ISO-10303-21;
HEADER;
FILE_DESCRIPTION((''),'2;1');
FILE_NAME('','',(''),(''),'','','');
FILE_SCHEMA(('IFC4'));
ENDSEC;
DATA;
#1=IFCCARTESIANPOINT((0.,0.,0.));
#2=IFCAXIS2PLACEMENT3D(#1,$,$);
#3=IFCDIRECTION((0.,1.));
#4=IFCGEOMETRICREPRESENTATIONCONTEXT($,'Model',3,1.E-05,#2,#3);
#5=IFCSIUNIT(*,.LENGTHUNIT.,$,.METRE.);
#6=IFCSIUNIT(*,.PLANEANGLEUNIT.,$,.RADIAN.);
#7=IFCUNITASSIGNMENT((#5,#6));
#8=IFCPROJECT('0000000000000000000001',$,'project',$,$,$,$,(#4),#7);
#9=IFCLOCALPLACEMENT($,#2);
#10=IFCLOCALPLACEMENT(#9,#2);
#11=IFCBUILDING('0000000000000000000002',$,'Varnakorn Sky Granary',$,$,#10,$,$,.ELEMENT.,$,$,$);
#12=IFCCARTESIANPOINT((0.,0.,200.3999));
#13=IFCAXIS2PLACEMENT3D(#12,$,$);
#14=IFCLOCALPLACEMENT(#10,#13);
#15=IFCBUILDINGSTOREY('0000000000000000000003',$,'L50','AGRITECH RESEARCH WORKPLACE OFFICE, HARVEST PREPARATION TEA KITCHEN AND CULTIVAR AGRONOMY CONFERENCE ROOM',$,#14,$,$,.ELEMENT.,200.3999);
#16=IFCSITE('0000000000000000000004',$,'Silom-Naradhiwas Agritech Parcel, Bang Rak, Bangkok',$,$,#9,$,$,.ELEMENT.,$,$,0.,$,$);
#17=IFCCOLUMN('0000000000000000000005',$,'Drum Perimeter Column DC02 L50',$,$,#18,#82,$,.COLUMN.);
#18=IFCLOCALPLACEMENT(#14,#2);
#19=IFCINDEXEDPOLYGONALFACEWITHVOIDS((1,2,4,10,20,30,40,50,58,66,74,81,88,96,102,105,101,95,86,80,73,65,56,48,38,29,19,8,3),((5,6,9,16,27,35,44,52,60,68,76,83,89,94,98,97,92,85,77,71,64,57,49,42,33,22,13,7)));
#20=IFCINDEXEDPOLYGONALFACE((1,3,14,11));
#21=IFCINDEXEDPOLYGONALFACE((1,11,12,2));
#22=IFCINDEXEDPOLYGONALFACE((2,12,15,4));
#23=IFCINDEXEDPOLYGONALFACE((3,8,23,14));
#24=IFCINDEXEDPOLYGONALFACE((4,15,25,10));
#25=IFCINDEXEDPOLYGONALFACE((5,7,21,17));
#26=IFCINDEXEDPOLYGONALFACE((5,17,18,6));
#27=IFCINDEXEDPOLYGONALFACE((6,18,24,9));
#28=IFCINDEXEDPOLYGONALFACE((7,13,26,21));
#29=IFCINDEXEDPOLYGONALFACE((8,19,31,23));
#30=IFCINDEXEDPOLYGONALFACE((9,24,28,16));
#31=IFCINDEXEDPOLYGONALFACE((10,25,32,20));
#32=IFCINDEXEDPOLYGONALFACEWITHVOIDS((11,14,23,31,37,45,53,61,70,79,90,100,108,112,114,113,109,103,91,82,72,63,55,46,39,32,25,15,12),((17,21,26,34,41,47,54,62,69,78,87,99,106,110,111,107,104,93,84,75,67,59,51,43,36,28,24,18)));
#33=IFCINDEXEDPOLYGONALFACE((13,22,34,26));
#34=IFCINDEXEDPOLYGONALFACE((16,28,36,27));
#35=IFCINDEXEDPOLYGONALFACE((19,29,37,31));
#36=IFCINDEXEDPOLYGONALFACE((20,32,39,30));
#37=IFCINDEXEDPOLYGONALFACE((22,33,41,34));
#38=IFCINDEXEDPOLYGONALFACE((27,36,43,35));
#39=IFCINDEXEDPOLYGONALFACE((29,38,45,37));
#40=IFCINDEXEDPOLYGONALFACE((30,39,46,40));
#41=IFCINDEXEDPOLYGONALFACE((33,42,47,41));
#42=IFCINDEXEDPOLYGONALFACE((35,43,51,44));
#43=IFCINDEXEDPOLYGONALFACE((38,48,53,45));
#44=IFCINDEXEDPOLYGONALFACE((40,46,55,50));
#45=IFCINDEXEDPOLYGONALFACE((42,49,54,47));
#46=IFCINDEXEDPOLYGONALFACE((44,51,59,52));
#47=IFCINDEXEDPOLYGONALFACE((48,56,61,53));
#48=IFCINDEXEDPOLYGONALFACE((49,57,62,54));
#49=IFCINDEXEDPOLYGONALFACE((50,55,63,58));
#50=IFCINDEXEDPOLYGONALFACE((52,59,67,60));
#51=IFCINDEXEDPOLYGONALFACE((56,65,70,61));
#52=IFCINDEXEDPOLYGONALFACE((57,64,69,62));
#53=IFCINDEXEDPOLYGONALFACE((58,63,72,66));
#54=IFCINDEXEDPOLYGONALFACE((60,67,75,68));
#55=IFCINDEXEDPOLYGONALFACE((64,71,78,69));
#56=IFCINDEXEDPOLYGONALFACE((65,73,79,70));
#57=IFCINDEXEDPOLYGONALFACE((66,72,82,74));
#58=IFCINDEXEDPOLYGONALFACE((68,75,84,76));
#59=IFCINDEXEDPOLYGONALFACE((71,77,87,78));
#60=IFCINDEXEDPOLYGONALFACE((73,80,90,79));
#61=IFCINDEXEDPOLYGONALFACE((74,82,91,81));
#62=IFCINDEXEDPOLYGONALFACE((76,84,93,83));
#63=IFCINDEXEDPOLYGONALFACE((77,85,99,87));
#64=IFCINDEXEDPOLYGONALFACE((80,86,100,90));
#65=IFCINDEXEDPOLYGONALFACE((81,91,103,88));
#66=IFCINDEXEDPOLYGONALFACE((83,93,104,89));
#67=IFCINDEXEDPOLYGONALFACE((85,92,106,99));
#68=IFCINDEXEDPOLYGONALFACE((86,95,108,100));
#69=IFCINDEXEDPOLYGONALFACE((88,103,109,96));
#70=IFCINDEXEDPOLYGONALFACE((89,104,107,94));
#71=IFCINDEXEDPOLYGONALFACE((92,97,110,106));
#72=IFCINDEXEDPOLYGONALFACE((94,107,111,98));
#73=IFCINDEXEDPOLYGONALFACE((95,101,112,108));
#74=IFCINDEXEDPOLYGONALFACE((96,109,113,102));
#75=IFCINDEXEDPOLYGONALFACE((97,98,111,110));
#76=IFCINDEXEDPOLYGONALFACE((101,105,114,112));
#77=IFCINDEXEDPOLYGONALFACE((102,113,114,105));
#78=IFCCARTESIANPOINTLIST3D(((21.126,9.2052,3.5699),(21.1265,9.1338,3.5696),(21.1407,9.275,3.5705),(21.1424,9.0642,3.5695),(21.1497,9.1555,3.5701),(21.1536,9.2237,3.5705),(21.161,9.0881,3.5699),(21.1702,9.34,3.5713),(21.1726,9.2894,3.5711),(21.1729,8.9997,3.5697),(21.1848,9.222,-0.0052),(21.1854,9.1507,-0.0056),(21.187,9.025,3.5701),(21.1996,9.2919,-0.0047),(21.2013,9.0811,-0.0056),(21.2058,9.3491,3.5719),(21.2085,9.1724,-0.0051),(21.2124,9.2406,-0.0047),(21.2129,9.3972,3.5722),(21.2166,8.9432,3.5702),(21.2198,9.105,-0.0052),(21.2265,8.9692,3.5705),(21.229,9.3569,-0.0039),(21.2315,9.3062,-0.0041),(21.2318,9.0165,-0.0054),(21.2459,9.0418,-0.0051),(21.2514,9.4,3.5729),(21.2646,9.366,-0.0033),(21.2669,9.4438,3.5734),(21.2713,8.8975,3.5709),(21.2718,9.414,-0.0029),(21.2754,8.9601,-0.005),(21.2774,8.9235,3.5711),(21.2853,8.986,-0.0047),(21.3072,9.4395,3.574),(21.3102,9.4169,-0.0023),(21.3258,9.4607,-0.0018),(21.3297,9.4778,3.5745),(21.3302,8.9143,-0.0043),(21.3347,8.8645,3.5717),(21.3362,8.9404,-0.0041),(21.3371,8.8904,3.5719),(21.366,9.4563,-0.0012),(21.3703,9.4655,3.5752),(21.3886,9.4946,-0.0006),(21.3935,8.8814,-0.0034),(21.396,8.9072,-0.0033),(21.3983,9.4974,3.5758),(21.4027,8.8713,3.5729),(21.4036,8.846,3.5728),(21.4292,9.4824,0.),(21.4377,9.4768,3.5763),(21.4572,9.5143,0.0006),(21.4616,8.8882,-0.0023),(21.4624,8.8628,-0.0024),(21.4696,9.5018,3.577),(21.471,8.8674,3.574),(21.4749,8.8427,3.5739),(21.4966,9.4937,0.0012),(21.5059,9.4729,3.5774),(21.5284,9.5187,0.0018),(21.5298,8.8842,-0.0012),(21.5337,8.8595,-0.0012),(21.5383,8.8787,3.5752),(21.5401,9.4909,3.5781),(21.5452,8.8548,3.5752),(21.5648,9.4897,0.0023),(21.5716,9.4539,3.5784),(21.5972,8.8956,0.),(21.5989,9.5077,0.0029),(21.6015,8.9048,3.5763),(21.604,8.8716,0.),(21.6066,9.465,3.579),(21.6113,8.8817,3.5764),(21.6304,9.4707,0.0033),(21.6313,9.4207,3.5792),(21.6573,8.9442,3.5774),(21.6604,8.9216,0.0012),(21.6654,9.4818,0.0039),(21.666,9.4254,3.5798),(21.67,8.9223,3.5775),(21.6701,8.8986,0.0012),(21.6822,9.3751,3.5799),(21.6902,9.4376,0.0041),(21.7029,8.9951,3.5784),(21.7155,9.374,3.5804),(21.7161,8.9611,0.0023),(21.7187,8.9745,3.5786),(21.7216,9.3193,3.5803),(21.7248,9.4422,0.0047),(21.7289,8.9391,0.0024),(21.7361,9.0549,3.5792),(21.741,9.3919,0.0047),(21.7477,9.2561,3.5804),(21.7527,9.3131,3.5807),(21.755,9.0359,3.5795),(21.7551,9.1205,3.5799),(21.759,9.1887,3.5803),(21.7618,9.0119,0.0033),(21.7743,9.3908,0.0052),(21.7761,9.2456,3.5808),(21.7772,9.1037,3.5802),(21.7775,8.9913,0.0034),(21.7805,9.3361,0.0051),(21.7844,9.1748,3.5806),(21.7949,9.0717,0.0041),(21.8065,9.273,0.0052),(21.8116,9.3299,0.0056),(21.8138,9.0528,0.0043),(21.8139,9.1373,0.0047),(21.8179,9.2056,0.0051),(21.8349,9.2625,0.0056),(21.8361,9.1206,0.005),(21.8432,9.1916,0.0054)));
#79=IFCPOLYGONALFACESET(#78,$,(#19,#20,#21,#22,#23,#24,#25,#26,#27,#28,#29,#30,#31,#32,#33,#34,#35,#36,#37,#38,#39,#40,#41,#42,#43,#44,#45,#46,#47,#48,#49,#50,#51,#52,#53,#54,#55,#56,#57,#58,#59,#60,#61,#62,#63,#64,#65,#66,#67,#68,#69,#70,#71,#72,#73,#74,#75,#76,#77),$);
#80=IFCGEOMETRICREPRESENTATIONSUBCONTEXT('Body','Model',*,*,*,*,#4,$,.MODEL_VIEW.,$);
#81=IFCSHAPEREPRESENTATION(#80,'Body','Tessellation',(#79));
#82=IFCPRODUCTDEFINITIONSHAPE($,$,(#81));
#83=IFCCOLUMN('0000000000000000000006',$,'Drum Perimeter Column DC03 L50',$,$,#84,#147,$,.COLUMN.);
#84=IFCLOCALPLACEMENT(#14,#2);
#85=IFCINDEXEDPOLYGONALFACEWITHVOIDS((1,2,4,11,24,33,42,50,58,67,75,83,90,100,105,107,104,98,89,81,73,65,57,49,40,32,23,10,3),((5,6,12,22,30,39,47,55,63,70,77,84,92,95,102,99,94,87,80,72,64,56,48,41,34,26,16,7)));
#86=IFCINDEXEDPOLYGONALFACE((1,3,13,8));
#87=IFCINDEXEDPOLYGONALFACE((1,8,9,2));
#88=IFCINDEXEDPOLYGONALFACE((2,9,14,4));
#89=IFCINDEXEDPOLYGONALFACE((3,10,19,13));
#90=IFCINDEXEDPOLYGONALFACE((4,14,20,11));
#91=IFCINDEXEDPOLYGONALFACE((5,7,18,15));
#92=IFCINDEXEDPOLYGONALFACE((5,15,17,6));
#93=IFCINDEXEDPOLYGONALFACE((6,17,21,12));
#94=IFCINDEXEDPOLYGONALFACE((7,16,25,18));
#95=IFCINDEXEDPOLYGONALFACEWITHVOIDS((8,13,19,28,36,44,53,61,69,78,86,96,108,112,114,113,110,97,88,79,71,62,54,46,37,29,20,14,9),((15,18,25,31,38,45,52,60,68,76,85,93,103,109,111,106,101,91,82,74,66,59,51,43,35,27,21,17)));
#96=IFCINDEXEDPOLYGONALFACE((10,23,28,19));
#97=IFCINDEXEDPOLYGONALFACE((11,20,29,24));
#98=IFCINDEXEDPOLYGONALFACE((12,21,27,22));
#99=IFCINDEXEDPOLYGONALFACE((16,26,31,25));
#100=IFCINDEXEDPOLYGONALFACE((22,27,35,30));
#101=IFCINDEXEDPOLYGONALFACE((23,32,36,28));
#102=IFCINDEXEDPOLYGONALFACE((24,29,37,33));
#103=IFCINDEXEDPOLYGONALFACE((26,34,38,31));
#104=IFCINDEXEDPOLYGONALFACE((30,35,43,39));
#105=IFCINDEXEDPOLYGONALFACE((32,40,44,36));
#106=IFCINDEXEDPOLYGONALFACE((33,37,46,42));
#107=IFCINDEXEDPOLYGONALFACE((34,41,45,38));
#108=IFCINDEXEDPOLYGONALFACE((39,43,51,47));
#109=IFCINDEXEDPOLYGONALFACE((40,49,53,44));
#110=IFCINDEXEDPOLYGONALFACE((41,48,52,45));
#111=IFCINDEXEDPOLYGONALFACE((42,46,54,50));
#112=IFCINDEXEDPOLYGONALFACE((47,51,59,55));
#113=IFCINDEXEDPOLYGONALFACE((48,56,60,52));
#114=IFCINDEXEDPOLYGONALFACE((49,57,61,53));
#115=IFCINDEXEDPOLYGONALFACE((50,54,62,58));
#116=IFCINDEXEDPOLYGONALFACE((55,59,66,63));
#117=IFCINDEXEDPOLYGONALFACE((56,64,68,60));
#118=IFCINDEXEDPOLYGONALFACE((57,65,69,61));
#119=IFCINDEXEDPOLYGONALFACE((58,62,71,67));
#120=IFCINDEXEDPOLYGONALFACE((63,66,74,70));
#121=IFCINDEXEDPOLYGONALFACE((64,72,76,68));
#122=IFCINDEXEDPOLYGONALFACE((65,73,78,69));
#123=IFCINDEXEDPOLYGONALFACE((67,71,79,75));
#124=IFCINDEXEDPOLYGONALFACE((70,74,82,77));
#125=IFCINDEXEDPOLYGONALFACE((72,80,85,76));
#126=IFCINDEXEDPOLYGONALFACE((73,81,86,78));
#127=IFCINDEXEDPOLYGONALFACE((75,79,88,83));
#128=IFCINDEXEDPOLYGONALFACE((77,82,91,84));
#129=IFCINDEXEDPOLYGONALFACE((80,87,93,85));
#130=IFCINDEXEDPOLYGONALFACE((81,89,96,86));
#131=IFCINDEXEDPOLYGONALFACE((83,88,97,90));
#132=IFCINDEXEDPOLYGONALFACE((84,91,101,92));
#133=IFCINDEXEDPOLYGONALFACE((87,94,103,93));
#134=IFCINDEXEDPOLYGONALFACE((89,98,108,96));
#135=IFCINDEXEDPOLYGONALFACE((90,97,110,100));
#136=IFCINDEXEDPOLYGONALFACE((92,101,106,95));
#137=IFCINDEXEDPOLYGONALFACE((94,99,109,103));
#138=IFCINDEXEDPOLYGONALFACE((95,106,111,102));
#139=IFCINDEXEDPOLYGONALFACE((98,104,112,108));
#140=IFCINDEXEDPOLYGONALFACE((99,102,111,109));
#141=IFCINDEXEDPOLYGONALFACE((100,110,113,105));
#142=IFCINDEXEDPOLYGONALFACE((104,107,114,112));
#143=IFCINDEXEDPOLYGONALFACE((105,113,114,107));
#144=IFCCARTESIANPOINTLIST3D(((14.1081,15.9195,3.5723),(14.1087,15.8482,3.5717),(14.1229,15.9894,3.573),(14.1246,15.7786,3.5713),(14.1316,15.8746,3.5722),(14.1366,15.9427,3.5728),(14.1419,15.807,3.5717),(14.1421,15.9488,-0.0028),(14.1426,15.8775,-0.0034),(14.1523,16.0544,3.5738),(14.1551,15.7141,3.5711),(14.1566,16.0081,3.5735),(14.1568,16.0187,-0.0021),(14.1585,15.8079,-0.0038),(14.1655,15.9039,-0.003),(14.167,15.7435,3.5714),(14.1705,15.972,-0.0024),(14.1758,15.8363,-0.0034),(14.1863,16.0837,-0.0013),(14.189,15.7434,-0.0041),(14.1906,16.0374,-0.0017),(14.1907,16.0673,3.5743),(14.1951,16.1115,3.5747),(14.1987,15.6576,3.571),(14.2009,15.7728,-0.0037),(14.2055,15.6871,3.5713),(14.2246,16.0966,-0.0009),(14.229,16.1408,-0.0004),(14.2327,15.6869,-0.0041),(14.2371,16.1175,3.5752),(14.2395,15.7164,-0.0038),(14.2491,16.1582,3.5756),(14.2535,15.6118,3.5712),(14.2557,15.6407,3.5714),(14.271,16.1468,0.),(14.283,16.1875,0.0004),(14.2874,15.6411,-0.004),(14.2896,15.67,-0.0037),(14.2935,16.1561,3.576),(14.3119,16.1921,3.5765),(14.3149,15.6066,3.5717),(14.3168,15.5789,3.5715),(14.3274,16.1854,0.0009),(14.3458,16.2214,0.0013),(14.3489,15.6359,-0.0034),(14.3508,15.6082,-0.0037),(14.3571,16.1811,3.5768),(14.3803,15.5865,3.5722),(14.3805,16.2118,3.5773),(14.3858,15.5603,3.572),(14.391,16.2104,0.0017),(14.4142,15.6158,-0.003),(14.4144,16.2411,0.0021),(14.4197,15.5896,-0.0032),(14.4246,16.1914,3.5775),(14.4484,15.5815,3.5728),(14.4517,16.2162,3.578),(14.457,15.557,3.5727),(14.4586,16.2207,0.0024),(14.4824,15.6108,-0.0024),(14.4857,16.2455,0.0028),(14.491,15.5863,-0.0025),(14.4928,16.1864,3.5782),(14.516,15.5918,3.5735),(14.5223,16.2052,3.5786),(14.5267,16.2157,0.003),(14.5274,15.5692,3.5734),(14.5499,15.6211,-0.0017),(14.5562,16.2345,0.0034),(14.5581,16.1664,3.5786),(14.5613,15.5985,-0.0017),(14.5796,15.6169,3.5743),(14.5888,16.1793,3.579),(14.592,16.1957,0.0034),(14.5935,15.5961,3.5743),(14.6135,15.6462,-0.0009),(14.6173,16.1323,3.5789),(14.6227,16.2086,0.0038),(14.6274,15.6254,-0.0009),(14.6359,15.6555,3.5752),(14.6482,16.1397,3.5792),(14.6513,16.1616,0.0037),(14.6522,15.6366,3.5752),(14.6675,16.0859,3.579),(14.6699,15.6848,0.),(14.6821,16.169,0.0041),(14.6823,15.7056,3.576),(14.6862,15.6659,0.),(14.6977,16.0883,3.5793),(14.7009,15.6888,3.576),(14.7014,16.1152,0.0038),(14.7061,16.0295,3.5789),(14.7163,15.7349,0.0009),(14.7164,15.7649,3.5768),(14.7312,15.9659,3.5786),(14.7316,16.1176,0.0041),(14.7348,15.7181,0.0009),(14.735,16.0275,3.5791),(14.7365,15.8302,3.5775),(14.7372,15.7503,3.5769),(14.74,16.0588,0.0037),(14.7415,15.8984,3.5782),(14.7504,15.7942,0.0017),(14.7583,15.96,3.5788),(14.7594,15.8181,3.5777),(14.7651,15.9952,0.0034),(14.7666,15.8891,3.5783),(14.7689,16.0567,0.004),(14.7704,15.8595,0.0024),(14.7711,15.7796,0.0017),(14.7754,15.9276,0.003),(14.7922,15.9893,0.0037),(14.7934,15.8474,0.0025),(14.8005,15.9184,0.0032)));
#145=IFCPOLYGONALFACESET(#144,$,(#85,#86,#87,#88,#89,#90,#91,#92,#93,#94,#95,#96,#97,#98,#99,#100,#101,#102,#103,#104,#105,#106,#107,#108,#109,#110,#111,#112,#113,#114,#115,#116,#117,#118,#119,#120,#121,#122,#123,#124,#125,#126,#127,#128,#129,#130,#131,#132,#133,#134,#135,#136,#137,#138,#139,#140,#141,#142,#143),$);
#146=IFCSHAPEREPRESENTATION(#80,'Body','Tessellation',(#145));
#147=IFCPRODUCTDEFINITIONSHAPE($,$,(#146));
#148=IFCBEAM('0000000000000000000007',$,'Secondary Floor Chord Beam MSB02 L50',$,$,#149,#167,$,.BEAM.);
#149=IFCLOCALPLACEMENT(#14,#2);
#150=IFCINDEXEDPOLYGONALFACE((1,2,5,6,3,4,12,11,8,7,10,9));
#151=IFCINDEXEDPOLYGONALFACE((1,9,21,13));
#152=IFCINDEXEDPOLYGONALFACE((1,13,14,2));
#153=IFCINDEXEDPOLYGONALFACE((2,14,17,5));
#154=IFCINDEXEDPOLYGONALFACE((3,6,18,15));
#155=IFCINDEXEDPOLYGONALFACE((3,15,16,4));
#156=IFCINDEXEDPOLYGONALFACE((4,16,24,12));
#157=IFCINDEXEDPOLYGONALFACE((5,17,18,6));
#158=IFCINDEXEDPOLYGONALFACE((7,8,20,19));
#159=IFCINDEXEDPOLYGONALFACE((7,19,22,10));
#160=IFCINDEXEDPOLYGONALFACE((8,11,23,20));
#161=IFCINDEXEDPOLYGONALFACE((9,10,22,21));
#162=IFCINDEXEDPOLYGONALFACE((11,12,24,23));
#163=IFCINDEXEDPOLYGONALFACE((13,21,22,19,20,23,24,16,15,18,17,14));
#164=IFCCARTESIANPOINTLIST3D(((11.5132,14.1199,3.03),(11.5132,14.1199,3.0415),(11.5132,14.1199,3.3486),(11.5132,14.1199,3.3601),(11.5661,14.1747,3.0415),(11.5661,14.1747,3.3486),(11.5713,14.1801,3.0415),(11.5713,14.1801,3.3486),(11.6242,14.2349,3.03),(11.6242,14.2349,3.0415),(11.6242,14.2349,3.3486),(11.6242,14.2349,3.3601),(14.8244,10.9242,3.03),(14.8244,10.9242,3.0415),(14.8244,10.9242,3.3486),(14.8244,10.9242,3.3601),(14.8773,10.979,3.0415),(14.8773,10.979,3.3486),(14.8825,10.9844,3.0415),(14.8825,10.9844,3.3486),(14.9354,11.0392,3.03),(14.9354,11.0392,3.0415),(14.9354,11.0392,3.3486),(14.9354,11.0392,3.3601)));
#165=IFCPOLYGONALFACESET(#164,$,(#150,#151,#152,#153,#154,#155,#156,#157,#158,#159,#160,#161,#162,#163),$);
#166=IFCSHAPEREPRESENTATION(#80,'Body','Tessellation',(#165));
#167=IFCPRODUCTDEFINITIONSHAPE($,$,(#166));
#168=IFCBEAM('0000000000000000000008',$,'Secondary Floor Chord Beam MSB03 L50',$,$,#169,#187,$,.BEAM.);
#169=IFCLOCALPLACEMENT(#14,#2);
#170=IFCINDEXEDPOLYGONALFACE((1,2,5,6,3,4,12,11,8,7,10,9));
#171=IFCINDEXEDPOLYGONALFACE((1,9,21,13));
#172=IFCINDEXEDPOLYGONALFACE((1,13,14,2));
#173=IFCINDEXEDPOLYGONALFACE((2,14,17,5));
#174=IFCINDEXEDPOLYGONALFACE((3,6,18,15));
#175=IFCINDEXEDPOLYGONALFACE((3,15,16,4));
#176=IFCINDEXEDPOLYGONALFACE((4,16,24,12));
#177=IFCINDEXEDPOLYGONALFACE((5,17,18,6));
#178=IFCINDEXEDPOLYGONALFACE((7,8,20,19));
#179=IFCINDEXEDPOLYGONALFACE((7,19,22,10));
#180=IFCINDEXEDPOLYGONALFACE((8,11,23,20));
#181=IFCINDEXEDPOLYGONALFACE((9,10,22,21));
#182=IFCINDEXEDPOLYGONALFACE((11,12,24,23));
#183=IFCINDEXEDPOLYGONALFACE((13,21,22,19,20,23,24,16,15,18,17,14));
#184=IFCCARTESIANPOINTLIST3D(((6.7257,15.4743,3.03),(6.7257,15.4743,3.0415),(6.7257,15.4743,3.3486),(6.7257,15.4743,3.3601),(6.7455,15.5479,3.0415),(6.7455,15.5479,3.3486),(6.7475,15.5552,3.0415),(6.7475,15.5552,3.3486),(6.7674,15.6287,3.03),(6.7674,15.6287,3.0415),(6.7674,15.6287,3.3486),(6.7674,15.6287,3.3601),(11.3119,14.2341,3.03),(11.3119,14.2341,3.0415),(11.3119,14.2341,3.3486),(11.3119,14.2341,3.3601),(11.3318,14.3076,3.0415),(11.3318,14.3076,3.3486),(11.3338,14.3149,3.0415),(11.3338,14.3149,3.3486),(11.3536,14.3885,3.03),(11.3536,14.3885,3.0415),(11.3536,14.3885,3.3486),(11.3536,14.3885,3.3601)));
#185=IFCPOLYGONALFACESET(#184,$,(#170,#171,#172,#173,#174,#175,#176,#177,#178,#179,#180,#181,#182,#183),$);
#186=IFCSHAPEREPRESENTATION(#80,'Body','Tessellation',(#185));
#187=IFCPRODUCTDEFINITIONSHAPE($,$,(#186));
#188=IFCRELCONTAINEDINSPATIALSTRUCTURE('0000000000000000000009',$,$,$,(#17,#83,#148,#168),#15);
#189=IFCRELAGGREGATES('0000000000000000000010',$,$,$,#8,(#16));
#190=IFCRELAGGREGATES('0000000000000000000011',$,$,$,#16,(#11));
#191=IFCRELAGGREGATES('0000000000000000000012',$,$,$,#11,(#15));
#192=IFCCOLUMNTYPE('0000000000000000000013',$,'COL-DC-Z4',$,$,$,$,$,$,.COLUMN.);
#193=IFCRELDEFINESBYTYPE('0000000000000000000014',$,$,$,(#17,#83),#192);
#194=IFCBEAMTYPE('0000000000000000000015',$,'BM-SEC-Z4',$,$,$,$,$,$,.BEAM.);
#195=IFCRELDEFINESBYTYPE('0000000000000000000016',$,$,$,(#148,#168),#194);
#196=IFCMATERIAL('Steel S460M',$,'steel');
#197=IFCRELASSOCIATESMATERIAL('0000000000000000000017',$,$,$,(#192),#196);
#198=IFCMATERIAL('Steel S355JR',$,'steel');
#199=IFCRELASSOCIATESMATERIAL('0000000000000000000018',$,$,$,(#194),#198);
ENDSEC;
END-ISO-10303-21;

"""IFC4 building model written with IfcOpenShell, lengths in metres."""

from ifc_helpers import new_model, si_unit, direction, frame, origin, origin_2d, place, context, subcontext, project, spatial, hollow_circle, i_section, extrude, material, material_profile, profile_set, type_object, element, save


model = new_model("IFC4")

# Units and contexts
model_context = context("Model", 3, precision=1e-05, world=origin(), true_north=direction((0.0, 1.0)))
body_context = subcontext(model_context, "Body", "Model", "MODEL_VIEW")
ifc_project = project(units=[si_unit("LENGTHUNIT", "METRE"), si_unit("PLANEANGLEUNIT", "RADIAN")], contexts=[model_context])

# Site, building, storey
site_placement = place(None, origin())
site = spatial("IfcSite", under=ifc_project, at=site_placement, Name="Silom-Naradhiwas Agritech Parcel, Bang Rak, Bangkok", CompositionType="ELEMENT", RefElevation=0.0)
building_placement = place(site_placement, origin())
building = spatial("IfcBuilding", under=site, at=building_placement, Name="Varnakorn Sky Granary", CompositionType="ELEMENT")
storey_placement = place(building_placement, frame((0.0, 0.0, 200.3999)))
storey = spatial("IfcBuildingStorey", under=building, at=storey_placement, Name="L50", Description="AGRITECH RESEARCH WORKPLACE OFFICE, HARVEST PREPARATION TEA KITCHEN AND CULTIVAR AGRONOMY CONFERENCE ROOM", CompositionType="ELEMENT", Elevation=200.3999)

# Columns
ifc_material_1 = material(Name="Steel S460M", Category="steel")
ifc_material_profile_1 = material_profile(ifc_material_1, hollow_circle(Radius=0.3301, WallThickness=0.0249, at=origin_2d()), Name="CHS 660x25")
ifc_profile_set_1 = profile_set([ifc_material_profile_1], Name="Steel S460M")
column_type = type_object("IfcColumnType", Name="COL-DC-Z4", PredefinedType="COLUMN", material=ifc_profile_set_1)
column_1_placement = place(storey_placement, frame((21.5132, 9.189, 0.0), z_axis=(-0.016455, -0.004711, 0.999854), x_axis=(0.275248, -0.961373, 0.0)))
element("IfcColumn", 1, at=column_1_placement, inside=storey, type_object=column_type, Name="Drum Perimeter Column DC02 L50", PredefinedType="COLUMN", context=body_context, shape_type="SweptSolid", body=[
    extrude(hollow_circle(Radius=0.3301, WallThickness=0.0249, at=origin_2d()), origin(), (0.0, 0.0, 1.0), 3.5757),
])
column_2_placement = place(storey_placement, frame((14.4705, 15.9158, 0.0), z_axis=(-0.009491, -0.008194, 0.999921), x_axis=(0.653478, -0.756945, 0.0)))
element("IfcColumn", 2, at=column_2_placement, inside=storey, type_object=column_type, Name="Drum Perimeter Column DC03 L50", PredefinedType="COLUMN", context=body_context, shape_type="SweptSolid", body=[
    extrude(hollow_circle(Radius=0.3301, WallThickness=0.0249, at=origin_2d()), origin(), (0.0, 0.0, 1.0), 3.5754),
])

# Beams
ifc_material_2 = material(Name="Steel S355JR", Category="steel")
ifc_material_profile_2 = material_profile(ifc_material_2, i_section(OverallWidth=0.1599, OverallDepth=0.3301, WebThickness=0.0076, FlangeThickness=0.0115, at=origin_2d()), Name="IPE 330")
ifc_profile_set_2 = profile_set([ifc_material_profile_2], Name="Steel S355JR")
beam_type_1 = type_object("IfcBeamType", Name="BM-SEC-Z4", PredefinedType="BEAM", material=ifc_profile_set_2)
beam_1_placement = place(storey_placement, frame((14.8799, 10.9817, 3.1951), z_axis=(-0.719542, 0.694449, 0.0), x_axis=(-0.694449, -0.719542, 0.0)))
element("IfcBeam", 3, at=beam_1_placement, inside=storey, type_object=beam_type_1, Name="Secondary Floor Chord Beam MSB02 L50", PredefinedType="BEAM", context=body_context, shape_type="SweptSolid", body=[
    extrude(i_section(OverallWidth=0.1599, OverallDepth=0.3301, WebThickness=0.0076, FlangeThickness=0.0115, at=origin_2d()), origin(), (0.0, 0.0, 1.0), 4.6018),
])
beam_2_placement = place(storey_placement, frame((11.3328, 14.3113, 3.1951), z_axis=(-0.965325, 0.261051, 0.0), x_axis=(-0.261051, -0.965325, 0.0)))
element("IfcBeam", 4, at=beam_2_placement, inside=storey, type_object=beam_type_1, Name="Secondary Floor Chord Beam MSB03 L50", PredefinedType="BEAM", context=body_context, shape_type="SweptSolid", body=[
    extrude(i_section(OverallWidth=0.1599, OverallDepth=0.3301, WebThickness=0.0076, FlangeThickness=0.0115, at=origin_2d()), origin(), (0.0, 0.0, 1.0), 4.751),
])

save(model, "model.ifc")
